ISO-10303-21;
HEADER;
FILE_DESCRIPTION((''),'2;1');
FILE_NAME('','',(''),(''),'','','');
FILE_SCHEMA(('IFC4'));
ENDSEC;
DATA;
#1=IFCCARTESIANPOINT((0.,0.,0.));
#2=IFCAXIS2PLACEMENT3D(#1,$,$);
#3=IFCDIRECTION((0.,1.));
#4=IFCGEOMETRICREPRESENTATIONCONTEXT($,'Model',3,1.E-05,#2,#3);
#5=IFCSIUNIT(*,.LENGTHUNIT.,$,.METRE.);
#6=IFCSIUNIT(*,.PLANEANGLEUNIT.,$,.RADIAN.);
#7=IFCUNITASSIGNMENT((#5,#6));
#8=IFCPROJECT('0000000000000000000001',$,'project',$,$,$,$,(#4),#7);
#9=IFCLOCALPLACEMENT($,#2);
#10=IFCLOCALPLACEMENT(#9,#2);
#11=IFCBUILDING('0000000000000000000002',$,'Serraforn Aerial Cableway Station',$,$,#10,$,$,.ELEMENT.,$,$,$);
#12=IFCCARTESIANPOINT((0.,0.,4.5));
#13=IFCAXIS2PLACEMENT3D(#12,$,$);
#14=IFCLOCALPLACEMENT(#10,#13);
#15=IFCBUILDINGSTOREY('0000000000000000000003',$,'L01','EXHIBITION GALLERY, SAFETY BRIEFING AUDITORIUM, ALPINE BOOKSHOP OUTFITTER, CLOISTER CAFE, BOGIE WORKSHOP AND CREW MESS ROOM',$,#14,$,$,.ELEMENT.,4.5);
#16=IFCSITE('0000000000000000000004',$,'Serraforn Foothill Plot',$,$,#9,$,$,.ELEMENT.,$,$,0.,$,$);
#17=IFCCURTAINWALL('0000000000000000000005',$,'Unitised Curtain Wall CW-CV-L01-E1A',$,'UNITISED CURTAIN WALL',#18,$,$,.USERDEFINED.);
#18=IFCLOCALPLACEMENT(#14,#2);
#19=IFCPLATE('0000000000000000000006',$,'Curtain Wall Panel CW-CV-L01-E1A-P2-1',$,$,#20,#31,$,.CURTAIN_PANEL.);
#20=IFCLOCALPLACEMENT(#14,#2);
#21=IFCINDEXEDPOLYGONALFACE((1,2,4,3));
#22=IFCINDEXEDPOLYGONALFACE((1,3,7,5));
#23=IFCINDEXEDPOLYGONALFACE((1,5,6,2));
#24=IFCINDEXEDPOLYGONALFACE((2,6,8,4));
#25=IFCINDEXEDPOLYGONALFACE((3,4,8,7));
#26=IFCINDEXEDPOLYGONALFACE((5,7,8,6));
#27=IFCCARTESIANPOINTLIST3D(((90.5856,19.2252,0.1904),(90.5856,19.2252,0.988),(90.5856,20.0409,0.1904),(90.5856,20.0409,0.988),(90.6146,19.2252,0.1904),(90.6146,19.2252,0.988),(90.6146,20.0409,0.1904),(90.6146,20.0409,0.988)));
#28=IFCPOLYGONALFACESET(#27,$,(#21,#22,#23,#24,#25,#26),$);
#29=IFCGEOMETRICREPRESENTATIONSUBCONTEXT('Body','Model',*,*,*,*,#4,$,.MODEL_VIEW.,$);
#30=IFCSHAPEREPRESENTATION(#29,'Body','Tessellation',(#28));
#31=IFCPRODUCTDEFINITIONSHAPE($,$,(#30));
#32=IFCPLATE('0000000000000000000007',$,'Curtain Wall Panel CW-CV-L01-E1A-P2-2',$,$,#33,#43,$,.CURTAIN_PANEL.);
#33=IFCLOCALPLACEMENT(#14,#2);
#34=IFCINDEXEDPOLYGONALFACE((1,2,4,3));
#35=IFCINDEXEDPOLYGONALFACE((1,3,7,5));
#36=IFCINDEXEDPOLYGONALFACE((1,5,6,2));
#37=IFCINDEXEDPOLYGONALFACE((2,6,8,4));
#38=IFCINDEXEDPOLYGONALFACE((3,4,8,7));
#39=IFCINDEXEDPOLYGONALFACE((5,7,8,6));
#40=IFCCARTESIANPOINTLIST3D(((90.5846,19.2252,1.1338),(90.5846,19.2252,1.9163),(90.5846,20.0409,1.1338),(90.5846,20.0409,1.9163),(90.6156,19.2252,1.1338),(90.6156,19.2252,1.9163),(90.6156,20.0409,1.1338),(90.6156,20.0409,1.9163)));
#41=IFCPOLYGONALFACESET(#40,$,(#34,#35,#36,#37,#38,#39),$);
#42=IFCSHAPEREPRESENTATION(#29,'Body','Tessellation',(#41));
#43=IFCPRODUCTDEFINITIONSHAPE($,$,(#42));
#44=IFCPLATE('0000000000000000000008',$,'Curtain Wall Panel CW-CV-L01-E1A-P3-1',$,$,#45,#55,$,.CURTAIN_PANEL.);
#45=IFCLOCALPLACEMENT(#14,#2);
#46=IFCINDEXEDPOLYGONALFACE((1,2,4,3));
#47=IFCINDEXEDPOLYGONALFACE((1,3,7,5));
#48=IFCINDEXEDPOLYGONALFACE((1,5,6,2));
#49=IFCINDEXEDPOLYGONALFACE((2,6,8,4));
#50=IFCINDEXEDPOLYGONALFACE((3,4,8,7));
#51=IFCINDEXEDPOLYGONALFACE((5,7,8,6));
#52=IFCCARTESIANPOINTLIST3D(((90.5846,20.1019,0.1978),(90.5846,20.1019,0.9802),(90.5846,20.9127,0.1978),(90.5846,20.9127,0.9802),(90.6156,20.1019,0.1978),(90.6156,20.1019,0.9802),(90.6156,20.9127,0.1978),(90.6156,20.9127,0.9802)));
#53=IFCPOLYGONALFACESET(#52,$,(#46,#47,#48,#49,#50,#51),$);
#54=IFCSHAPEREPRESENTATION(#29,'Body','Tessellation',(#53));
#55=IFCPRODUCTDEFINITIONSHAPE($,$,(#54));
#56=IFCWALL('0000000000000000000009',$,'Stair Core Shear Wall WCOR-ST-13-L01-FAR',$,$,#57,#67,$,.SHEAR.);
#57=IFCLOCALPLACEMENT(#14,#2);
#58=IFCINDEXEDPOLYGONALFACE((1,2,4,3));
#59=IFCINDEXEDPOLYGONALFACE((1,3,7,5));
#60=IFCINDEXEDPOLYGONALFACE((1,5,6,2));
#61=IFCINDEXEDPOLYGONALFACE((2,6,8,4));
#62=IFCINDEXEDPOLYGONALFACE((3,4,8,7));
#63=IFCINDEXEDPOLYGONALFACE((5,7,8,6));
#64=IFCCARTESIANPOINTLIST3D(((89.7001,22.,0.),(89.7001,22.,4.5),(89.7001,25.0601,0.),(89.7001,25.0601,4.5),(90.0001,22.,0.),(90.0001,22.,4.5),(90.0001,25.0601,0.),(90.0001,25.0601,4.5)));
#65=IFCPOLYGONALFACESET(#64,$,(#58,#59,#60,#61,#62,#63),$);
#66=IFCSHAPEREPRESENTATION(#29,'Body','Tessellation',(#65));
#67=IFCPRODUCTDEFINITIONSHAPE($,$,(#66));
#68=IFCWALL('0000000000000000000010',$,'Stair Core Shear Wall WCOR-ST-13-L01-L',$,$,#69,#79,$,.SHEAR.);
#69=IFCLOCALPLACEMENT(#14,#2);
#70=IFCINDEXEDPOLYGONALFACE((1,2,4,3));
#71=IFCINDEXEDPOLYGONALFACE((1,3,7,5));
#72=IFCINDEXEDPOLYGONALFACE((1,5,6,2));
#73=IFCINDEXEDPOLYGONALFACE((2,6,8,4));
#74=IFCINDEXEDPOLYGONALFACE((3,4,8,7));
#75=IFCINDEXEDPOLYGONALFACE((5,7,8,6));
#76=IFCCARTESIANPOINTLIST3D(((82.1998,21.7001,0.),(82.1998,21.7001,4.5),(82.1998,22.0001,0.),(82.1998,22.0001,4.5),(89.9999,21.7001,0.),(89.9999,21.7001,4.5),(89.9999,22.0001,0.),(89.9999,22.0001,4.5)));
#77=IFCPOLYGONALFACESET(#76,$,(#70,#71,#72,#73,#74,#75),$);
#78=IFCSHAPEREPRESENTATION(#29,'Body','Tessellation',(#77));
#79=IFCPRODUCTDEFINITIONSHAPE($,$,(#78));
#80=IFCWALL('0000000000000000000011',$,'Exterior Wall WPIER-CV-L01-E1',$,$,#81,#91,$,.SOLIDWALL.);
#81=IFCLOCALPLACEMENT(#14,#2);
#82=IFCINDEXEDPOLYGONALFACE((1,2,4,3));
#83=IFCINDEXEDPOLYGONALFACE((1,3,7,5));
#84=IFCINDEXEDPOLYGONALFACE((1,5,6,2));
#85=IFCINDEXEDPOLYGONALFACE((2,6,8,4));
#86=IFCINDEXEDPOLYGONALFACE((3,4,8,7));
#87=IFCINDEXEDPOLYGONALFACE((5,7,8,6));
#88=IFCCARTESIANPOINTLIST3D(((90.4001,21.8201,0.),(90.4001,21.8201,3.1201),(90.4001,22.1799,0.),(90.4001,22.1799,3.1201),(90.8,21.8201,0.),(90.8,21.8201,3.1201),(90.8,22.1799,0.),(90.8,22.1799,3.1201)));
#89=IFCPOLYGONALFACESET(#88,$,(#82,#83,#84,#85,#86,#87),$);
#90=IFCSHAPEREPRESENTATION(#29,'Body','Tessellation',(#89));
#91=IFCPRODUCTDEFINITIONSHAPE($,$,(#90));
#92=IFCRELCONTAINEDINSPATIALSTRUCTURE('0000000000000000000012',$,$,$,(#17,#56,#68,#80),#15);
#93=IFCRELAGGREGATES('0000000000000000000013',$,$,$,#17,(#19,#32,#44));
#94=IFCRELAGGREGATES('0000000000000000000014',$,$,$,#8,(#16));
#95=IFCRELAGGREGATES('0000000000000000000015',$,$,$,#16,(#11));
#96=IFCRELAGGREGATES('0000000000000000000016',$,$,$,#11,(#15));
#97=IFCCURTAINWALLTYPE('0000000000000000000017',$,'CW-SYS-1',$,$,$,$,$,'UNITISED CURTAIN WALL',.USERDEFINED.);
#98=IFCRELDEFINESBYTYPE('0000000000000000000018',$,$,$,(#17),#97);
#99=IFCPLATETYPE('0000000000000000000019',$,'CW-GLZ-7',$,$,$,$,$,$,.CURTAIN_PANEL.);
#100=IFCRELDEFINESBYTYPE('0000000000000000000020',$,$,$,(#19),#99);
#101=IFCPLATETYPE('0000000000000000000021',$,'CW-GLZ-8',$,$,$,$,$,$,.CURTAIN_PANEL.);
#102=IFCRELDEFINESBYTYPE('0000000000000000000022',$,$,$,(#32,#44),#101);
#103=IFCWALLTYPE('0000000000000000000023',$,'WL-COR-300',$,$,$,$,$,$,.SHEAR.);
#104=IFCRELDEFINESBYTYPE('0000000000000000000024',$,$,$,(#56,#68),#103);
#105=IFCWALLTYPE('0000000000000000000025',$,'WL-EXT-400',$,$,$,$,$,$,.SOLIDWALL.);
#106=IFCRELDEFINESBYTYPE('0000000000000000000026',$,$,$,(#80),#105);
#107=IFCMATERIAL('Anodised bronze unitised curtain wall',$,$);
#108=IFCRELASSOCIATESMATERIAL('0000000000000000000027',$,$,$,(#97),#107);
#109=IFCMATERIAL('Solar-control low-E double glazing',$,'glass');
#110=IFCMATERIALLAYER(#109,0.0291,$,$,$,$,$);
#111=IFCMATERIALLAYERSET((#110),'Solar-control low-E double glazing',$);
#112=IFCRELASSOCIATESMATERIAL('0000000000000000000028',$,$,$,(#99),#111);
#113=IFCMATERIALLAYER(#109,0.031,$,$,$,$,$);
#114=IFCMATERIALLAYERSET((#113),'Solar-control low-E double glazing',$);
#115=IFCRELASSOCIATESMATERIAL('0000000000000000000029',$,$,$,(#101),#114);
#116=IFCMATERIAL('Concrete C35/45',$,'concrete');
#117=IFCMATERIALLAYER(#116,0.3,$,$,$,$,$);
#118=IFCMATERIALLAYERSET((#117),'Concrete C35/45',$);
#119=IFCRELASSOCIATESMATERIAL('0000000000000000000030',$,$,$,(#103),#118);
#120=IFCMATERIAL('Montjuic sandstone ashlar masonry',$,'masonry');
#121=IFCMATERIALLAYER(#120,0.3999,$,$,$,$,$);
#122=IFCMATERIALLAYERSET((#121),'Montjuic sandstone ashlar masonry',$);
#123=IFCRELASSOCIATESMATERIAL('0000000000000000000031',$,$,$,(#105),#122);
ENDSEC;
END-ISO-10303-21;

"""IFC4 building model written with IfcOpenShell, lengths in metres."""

from ifc_helpers import new_model, si_unit, direction, frame, frame_2d, origin, origin_2d, place, context, subcontext, project, spatial, rectangle, extrude, material, layer, layer_set, type_object, element, aggregate, save


model = new_model("IFC4")

# Units and contexts
model_context = context("Model", 3, precision=1e-05, world=origin(), true_north=direction((0.0, 1.0)))
body_context = subcontext(model_context, "Body", "Model", "MODEL_VIEW")
ifc_project = project(units=[si_unit("LENGTHUNIT", "METRE"), si_unit("PLANEANGLEUNIT", "RADIAN")], contexts=[model_context])

# Site, building, storey
site_placement = place(None, origin())
site = spatial("IfcSite", under=ifc_project, at=site_placement, Name="Serraforn Foothill Plot", CompositionType="ELEMENT", RefElevation=0.0)
building_placement = place(site_placement, origin())
building = spatial("IfcBuilding", under=site, at=building_placement, Name="Serraforn Aerial Cableway Station", CompositionType="ELEMENT")
storey_placement = place(building_placement, frame((0.0, 0.0, 4.5)))
storey = spatial("IfcBuildingStorey", under=building, at=storey_placement, Name="L01", Description="EXHIBITION GALLERY, SAFETY BRIEFING AUDITORIUM, ALPINE BOOKSHOP OUTFITTER, CLOISTER CAFE, BOGIE WORKSHOP AND CREW MESS ROOM", CompositionType="ELEMENT", Elevation=4.5)

# Shared definitions
ifc_material_1 = material(Name="Anodised bronze unitised curtain wall")

# Curtain wall, plates
curtain_wall_type_1 = type_object("IfcCurtainWallType", Name="CW-SYS-1", ElementType="UNITISED CURTAIN WALL", PredefinedType="USERDEFINED", material=ifc_material_1)
curtain_wall_1_placement = place(storey_placement, origin())
curtain_wall_1 = element("IfcCurtainWall", 1, at=curtain_wall_1_placement, inside=storey, type_object=curtain_wall_type_1, Name="Unitised Curtain Wall CW-CV-L01-E1A", ObjectType="UNITISED CURTAIN WALL", PredefinedType="USERDEFINED")
ifc_material_2 = material(Name="Solar-control low-E double glazing", Category="glass")
ifc_layer_1 = layer(ifc_material_2, 0.0291)
ifc_layer_set_1 = layer_set([ifc_layer_1], Name="Solar-control low-E double glazing")
plate_type_1 = type_object("IfcPlateType", Name="CW-GLZ-7", PredefinedType="CURTAIN_PANEL", material=ifc_layer_set_1)
plate_1_placement = place(storey_placement, frame((90.6001, 19.6331, 0.1904), z_axis=(0.0, 0.0, 1.0), x_axis=(1.0, 0.0, 0.0)))
plate_1 = element("IfcPlate", 2, at=plate_1_placement, type_object=plate_type_1, Name="Curtain Wall Panel CW-CV-L01-E1A-P2-1", PredefinedType="CURTAIN_PANEL", context=body_context, shape_type="SweptSolid", body=[
    extrude(rectangle(XDim=0.0291, YDim=0.8157, at=origin_2d()), origin(), (0.0, 0.0, 1.0), 0.7976),
])
ifc_layer_2 = layer(ifc_material_2, 0.031)
ifc_layer_set_2 = layer_set([ifc_layer_2], Name="Solar-control low-E double glazing")
plate_type_2 = type_object("IfcPlateType", Name="CW-GLZ-8", PredefinedType="CURTAIN_PANEL", material=ifc_layer_set_2)
plate_2_placement = place(storey_placement, frame((90.6001, 19.6331, 1.1338), z_axis=(0.0, 0.0, 1.0), x_axis=(1.0, 0.0, 0.0)))
plate_2 = element("IfcPlate", 3, at=plate_2_placement, type_object=plate_type_2, Name="Curtain Wall Panel CW-CV-L01-E1A-P2-2", PredefinedType="CURTAIN_PANEL", context=body_context, shape_type="SweptSolid", body=[
    extrude(rectangle(XDim=0.031, YDim=0.8157, at=origin_2d()), origin(), (0.0, 0.0, 1.0), 0.7825),
])
plate_3_placement = place(storey_placement, frame((90.6001, 20.5073, 0.1978), z_axis=(0.0, 0.0, 1.0), x_axis=(1.0, 0.0, 0.0)))
plate_3 = element("IfcPlate", 4, at=plate_3_placement, type_object=plate_type_2, Name="Curtain Wall Panel CW-CV-L01-E1A-P3-1", PredefinedType="CURTAIN_PANEL", context=body_context, shape_type="SweptSolid", body=[
    extrude(rectangle(XDim=0.031, YDim=0.8108, at=origin_2d()), origin(), (0.0, 0.0, 1.0), 0.7825),
])
aggregate(curtain_wall_1, [plate_1, plate_2, plate_3])

# Shared definitions
ifc_material_3 = material(Name="Concrete C35/45", Category="concrete")
ifc_layer_3 = layer(ifc_material_3, 0.3)
ifc_layer_set_3 = layer_set([ifc_layer_3], Name="Concrete C35/45")
wall_type_1 = type_object("IfcWallType", Name="WL-COR-300", PredefinedType="SHEAR", material=ifc_layer_set_3)

# Walls
wall_1_placement = place(storey_placement, frame((89.8501, 22.0, 0.0), z_axis=(0.0, 0.0, 1.0), x_axis=(0.0, 1.0, 0.0)))
element("IfcWall", 5, at=wall_1_placement, inside=storey, type_object=wall_type_1, Name="Stair Core Shear Wall WCOR-ST-13-L01-FAR", PredefinedType="SHEAR", context=body_context, shape_type="SweptSolid", body=[
    extrude(rectangle(XDim=3.0601, YDim=0.3, at=frame_2d((1.53, 0.0))), origin(), (0.0, 0.0, 1.0), 4.5),
])
wall_2_placement = place(storey_placement, frame((82.2, 21.8501, 0.0), z_axis=(0.0, 0.0, 1.0), x_axis=(1.0, 0.0, 0.0)))
element("IfcWall", 6, at=wall_2_placement, inside=storey, type_object=wall_type_1, Name="Stair Core Shear Wall WCOR-ST-13-L01-L", PredefinedType="SHEAR", context=body_context, shape_type="SweptSolid", body=[
    extrude(rectangle(XDim=7.8, YDim=0.3, at=frame_2d((3.8999, 0.0))), origin(), (0.0, 0.0, 1.0), 4.5),
])
ifc_material_4 = material(Name="Montjuic sandstone ashlar masonry", Category="masonry")
ifc_layer_4 = layer(ifc_material_4, 0.3999)
ifc_layer_set_4 = layer_set([ifc_layer_4], Name="Montjuic sandstone ashlar masonry")
wall_type_2 = type_object("IfcWallType", Name="WL-EXT-400", PredefinedType="SOLIDWALL", material=ifc_layer_set_4)
wall_3_placement = place(storey_placement, frame((90.6001, 21.8201, 0.0), z_axis=(0.0, 0.0, 1.0), x_axis=(0.0, 1.0, 0.0)))
element("IfcWall", 7, at=wall_3_placement, inside=storey, type_object=wall_type_2, Name="Exterior Wall WPIER-CV-L01-E1", PredefinedType="SOLIDWALL", context=body_context, shape_type="SweptSolid", body=[
    extrude(rectangle(XDim=0.3599, YDim=0.3999, at=frame_2d((0.1799, 0.0))), origin(), (0.0, 0.0, 1.0), 3.1201),
])

save(model, "model.ifc")
